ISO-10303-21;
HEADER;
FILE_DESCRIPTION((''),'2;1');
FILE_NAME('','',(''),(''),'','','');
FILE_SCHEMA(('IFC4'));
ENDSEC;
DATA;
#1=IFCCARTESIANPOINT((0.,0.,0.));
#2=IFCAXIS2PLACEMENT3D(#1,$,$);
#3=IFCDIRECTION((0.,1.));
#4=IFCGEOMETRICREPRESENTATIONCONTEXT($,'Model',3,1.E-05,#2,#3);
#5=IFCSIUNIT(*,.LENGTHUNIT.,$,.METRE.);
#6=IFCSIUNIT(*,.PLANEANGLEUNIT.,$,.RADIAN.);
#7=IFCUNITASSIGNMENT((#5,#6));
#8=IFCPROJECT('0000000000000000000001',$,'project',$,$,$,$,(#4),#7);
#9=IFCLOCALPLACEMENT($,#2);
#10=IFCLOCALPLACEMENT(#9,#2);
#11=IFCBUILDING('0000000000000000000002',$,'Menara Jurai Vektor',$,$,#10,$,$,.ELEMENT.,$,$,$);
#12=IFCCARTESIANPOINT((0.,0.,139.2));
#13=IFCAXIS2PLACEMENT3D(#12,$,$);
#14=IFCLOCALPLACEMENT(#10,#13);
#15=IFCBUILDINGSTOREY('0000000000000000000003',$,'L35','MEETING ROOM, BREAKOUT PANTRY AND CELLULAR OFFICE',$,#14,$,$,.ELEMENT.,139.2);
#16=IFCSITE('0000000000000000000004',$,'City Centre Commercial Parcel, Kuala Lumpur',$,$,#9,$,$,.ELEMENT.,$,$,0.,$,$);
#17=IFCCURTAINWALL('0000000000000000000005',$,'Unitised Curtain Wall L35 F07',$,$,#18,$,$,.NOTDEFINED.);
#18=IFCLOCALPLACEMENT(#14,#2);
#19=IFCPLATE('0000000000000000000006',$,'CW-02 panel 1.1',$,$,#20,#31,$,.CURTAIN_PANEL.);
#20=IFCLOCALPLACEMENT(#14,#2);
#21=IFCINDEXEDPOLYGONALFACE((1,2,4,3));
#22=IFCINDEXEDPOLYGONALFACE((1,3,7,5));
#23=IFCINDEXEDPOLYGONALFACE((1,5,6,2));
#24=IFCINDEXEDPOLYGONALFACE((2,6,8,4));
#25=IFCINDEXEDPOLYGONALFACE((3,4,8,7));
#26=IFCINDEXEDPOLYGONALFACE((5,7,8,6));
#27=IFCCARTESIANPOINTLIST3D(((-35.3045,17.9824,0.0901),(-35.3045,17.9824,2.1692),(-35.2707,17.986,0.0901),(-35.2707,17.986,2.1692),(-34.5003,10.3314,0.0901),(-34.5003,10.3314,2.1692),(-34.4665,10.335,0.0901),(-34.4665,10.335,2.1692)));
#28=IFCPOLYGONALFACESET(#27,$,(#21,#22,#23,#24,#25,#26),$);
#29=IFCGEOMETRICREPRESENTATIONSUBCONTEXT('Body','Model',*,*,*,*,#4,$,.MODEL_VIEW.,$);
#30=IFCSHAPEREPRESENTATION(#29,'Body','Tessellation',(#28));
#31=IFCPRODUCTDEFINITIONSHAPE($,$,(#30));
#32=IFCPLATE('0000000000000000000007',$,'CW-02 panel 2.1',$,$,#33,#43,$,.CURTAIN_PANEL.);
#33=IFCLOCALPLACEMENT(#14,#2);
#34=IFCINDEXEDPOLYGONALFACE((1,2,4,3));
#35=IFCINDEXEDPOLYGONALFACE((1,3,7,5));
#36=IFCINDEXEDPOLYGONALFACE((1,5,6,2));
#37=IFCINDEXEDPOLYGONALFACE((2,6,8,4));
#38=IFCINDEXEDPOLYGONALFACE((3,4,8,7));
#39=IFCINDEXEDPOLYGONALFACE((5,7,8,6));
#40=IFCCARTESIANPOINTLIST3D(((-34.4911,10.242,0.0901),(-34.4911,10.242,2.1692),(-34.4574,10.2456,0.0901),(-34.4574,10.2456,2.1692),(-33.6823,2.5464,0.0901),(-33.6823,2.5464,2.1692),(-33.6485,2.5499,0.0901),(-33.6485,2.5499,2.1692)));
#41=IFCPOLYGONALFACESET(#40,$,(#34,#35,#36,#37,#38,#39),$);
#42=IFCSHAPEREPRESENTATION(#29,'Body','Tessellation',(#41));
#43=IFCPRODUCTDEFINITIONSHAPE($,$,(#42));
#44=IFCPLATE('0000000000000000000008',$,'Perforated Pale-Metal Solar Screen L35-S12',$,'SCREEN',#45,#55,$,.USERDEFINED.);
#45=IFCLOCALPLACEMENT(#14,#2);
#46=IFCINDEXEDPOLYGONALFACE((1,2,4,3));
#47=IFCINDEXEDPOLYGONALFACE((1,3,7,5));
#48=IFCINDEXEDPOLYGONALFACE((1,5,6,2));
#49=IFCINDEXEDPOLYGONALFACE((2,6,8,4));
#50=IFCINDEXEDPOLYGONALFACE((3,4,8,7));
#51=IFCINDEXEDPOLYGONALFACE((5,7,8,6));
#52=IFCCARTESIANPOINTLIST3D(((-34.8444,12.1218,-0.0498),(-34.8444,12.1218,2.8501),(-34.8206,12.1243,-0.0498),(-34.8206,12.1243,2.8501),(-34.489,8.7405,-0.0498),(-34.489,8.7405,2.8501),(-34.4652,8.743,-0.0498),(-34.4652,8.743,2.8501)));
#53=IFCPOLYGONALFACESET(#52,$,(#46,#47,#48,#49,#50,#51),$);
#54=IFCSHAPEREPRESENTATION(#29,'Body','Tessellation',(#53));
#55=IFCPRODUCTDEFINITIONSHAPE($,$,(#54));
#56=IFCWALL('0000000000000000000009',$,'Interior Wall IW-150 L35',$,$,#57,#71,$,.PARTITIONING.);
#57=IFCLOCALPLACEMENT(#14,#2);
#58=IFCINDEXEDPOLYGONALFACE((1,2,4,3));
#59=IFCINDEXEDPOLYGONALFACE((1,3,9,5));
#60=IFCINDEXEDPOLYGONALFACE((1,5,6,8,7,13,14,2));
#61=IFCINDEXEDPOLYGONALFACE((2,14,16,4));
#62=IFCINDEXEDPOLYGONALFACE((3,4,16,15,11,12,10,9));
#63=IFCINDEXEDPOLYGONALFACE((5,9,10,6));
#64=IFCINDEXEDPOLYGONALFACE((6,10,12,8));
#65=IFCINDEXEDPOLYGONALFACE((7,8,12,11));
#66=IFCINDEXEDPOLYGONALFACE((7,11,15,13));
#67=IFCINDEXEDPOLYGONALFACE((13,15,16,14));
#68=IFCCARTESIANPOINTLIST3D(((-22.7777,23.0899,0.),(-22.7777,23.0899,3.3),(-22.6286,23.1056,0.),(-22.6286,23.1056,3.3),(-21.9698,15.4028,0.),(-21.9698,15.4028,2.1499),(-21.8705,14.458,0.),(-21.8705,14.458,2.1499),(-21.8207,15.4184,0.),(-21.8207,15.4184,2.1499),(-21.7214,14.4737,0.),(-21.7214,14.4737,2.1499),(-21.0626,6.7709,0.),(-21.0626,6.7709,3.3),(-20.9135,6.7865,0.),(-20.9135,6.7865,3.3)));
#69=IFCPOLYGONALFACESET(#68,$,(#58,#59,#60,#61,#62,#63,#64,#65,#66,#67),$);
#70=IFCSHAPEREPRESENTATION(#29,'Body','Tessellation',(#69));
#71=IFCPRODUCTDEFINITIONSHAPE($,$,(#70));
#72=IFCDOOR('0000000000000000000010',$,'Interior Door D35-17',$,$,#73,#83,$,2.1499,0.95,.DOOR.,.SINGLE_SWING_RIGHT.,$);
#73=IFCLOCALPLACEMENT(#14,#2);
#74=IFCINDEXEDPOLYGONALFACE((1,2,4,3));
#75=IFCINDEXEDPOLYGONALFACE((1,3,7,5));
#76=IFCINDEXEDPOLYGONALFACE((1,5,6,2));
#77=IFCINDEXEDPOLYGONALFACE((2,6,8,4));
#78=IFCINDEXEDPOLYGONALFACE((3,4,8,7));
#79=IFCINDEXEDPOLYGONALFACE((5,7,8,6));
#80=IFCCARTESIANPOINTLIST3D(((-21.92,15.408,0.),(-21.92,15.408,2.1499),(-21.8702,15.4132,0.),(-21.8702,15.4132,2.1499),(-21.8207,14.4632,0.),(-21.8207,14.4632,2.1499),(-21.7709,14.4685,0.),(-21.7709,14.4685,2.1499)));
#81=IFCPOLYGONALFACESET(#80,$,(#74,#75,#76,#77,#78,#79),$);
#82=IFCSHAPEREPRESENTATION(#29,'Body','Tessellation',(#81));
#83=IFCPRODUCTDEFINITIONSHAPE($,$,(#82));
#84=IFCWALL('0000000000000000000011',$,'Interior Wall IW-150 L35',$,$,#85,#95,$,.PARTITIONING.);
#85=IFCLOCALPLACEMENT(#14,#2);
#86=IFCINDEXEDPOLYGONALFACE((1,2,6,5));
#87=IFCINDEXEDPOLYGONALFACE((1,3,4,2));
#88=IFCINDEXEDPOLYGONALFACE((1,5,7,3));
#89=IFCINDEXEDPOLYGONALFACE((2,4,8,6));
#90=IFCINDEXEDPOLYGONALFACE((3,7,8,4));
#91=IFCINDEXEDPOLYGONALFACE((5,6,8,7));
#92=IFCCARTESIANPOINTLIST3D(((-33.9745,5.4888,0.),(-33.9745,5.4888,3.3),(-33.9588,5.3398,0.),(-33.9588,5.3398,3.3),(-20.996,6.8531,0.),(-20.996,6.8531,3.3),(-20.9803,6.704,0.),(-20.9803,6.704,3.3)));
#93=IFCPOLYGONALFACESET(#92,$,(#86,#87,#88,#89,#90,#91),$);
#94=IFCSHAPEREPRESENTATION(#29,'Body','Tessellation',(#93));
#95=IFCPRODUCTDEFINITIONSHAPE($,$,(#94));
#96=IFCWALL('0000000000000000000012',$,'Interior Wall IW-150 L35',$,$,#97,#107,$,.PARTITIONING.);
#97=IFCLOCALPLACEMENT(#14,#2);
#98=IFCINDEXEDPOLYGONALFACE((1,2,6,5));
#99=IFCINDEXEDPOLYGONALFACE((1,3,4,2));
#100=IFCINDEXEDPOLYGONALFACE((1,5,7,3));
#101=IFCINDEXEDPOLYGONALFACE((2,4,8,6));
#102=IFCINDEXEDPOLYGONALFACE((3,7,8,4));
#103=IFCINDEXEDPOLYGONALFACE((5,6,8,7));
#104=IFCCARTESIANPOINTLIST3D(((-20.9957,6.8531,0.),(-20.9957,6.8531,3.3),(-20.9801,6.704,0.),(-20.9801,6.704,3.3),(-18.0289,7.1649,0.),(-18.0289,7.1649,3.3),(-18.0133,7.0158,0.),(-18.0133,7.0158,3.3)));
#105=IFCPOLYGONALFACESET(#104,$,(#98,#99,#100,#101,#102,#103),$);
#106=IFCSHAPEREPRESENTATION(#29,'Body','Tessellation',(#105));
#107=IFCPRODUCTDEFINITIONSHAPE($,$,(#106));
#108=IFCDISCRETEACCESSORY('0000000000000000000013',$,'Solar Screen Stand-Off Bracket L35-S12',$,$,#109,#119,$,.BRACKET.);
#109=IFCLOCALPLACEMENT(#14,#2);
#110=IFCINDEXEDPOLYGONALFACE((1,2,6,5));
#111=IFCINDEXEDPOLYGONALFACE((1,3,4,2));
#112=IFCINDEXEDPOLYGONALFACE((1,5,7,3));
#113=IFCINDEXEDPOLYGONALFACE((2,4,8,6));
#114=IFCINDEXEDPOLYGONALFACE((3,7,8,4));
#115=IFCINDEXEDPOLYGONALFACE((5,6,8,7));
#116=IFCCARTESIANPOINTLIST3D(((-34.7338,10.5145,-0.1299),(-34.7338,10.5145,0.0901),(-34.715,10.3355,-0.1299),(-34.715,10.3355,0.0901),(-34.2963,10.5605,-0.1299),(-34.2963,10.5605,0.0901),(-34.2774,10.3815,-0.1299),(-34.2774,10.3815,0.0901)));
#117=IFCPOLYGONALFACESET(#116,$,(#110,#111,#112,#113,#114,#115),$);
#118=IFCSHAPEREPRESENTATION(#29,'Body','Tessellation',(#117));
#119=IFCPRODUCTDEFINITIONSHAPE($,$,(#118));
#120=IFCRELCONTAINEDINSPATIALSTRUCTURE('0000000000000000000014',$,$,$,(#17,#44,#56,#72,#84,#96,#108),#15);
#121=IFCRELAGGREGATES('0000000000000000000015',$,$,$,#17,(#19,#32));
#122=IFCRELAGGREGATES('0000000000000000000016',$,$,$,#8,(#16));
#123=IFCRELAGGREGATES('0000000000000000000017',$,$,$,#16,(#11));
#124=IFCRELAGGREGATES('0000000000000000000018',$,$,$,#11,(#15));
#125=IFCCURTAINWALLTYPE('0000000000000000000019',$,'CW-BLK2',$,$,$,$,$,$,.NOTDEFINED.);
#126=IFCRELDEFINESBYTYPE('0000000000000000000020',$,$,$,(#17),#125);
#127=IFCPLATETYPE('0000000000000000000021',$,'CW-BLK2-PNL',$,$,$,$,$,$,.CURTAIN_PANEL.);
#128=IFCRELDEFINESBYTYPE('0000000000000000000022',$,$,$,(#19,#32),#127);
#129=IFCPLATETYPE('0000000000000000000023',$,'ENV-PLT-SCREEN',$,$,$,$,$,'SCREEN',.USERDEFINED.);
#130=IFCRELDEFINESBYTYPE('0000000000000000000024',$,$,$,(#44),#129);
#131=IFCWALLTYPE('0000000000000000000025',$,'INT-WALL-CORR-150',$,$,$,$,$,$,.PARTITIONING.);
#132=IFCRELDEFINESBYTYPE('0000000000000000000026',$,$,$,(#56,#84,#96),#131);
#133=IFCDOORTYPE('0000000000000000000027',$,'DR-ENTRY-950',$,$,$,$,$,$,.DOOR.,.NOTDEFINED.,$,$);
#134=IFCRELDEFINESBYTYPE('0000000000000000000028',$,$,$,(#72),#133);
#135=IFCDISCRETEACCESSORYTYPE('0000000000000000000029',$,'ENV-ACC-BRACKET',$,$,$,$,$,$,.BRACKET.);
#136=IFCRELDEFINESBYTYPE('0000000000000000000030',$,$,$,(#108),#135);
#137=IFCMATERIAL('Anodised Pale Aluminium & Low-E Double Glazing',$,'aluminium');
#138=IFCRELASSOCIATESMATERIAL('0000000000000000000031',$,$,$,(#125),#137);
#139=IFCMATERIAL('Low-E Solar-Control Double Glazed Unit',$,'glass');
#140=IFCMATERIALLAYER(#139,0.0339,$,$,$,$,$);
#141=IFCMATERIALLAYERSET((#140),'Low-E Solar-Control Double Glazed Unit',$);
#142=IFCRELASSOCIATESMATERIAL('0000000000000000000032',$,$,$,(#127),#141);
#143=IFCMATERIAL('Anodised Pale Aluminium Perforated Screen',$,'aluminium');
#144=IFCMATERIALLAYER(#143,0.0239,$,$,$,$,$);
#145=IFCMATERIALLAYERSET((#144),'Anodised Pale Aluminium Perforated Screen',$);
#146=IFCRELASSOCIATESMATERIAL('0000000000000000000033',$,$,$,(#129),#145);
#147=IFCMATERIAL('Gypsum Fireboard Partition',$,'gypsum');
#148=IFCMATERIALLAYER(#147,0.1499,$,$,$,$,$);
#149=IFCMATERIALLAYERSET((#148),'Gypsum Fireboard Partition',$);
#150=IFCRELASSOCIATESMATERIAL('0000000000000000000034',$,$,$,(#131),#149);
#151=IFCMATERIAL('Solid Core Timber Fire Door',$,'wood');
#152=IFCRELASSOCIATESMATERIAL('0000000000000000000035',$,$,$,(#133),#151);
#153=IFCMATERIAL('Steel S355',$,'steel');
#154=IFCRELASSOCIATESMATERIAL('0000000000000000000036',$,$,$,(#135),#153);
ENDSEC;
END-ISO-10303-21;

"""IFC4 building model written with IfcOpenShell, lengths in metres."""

from ifc_helpers import new_model, si_unit, direction, frame, frame_2d, origin, origin_2d, place, context, subcontext, project, spatial, rectangle, extrude, material, layer, layer_set, type_object, element, fill, aggregate, save


model = new_model("IFC4")

# Units and contexts
model_context = context("Model", 3, precision=1e-05, world=origin(), true_north=direction((0.0, 1.0)))
body_context = subcontext(model_context, "Body", "Model", "MODEL_VIEW")
ifc_project = project(units=[si_unit("LENGTHUNIT", "METRE"), si_unit("PLANEANGLEUNIT", "RADIAN")], contexts=[model_context])

# Site, building, storey
site_placement = place(None, origin())
site = spatial("IfcSite", under=ifc_project, at=site_placement, Name="City Centre Commercial Parcel, Kuala Lumpur", CompositionType="ELEMENT", RefElevation=0.0)
building_placement = place(site_placement, origin())
building = spatial("IfcBuilding", under=site, at=building_placement, Name="Menara Jurai Vektor", CompositionType="ELEMENT")
storey_placement = place(building_placement, frame((0.0, 0.0, 139.2)))
storey = spatial("IfcBuildingStorey", under=building, at=storey_placement, Name="L35", Description="MEETING ROOM, BREAKOUT PANTRY AND CELLULAR OFFICE", CompositionType="ELEMENT", Elevation=139.2)

# Curtain wall
ifc_material_1 = material(Name="Anodised Pale Aluminium & Low-E Double Glazing", Category="aluminium")
curtain_wall_type = type_object("IfcCurtainWallType", Name="CW-BLK2", PredefinedType="NOTDEFINED", material=ifc_material_1)
curtain_wall_placement = place(storey_placement, origin())
curtain_wall = element("IfcCurtainWall", 1, at=curtain_wall_placement, inside=storey, type_object=curtain_wall_type, Name="Unitised Curtain Wall L35 F07", PredefinedType="NOTDEFINED")

# Shared definitions
ifc_material_2 = material(Name="Steel S355", Category="steel")

# Plates
ifc_material_3 = material(Name="Low-E Solar-Control Double Glazed Unit", Category="glass")
ifc_layer_1 = layer(ifc_material_3, 0.0339)
ifc_layer_set_1 = layer_set([ifc_layer_1], Name="Low-E Solar-Control Double Glazed Unit")
plate_type_1 = type_object("IfcPlateType", Name="CW-BLK2-PNL", PredefinedType="CURTAIN_PANEL", material=ifc_layer_set_1)
plate_1_placement = place(storey_placement, frame((-34.8855, 14.1587, 0.0901), z_axis=(0.0, 0.0, 1.0), x_axis=(0.10453, -0.994522, 0.0)))
plate_1 = element("IfcPlate", 2, at=plate_1_placement, type_object=plate_type_1, Name="CW-02 panel 1.1", PredefinedType="CURTAIN_PANEL", context=body_context, shape_type="SweptSolid", body=[
    extrude(rectangle(XDim=7.6931, YDim=0.0339, at=origin_2d()), origin(), (0.0, 0.0, 1.0), 2.0791),
])
plate_2_placement = place(storey_placement, frame((-34.0698, 6.396, 0.0901), z_axis=(0.0, 0.0, 1.0), x_axis=(0.10453, -0.994522, 0.0)))
plate_2 = element("IfcPlate", 3, at=plate_2_placement, type_object=plate_type_1, Name="CW-02 panel 2.1", PredefinedType="CURTAIN_PANEL", context=body_context, shape_type="SweptSolid", body=[
    extrude(rectangle(XDim=7.738, YDim=0.0339, at=origin_2d()), origin(), (0.0, 0.0, 1.0), 2.0791),
])
aggregate(curtain_wall, [plate_1, plate_2])
ifc_material_4 = material(Name="Anodised Pale Aluminium Perforated Screen", Category="aluminium")
ifc_layer_2 = layer(ifc_material_4, 0.0239)
ifc_layer_set_2 = layer_set([ifc_layer_2], Name="Anodised Pale Aluminium Perforated Screen")
plate_type_2 = type_object("IfcPlateType", Name="ENV-PLT-SCREEN", ElementType="SCREEN", PredefinedType="USERDEFINED", material=ifc_layer_set_2)
plate_3_placement = place(storey_placement, frame((-34.6548, 10.4324, -0.0498), z_axis=(0.0, 0.0, 1.0), x_axis=(0.104528, -0.994522, 0.0)))
element("IfcPlate", 4, at=plate_3_placement, inside=storey, type_object=plate_type_2, Name="Perforated Pale-Metal Solar Screen L35-S12", ObjectType="SCREEN", PredefinedType="USERDEFINED", context=body_context, shape_type="SweptSolid", body=[
    extrude(rectangle(XDim=3.3999, YDim=0.0239, at=origin_2d()), origin(), (0.0, 0.0, 1.0), 2.8999),
])

# Wall, opening, door
ifc_material_5 = material(Name="Gypsum Fireboard Partition", Category="gypsum")
ifc_layer_3 = layer(ifc_material_5, 0.1499)
ifc_layer_set_3 = layer_set([ifc_layer_3], Name="Gypsum Fireboard Partition")
wall_type = type_object("IfcWallType", Name="INT-WALL-CORR-150", PredefinedType="PARTITIONING", material=ifc_layer_set_3)
wall_1_placement = place(storey_placement, frame((-20.988, 6.7786, 0.0), z_axis=(0.0, 0.0, 1.0), x_axis=(-0.104521, 0.994523, 0.0)))
wall_1 = element("IfcWall", 5, at=wall_1_placement, inside=storey, type_object=wall_type, Name="Interior Wall IW-150 L35", PredefinedType="PARTITIONING", context=body_context, shape_type="SweptSolid", body=[
    extrude(rectangle(XDim=16.4089, YDim=0.1499, at=frame_2d((8.2046, 0.0))), origin(), (0.0, 0.0, 1.0), 3.3),
])
opening_placement = place(wall_1_placement, frame((7.7295, 0.0, 0.0)))
opening = element("IfcOpeningElement", 6, at=opening_placement, cuts=wall_1, PredefinedType="OPENING", context=body_context, shape_type="SweptSolid", body=[
    extrude(rectangle(XDim=0.95, YDim=2.1499, at=frame_2d((0.4751, 1.075))), frame((0.0, 0.085, 0.0), z_axis=(0.0, -1.0, 0.0), x_axis=(1.0, 0.0, 0.0)), (0.0, 0.0, 1.0), 0.1699),
])
ifc_material_6 = material(Name="Solid Core Timber Fire Door", Category="wood")
door_type = type_object("IfcDoorType", Name="DR-ENTRY-950", OperationType="NOTDEFINED", PredefinedType="DOOR", material=ifc_material_6)
door_placement = place(opening_placement, origin())
door = element("IfcDoor", 7, at=door_placement, inside=storey, type_object=door_type, Name="Interior Door D35-17", OperationType="SINGLE_SWING_RIGHT", OverallHeight=2.1499, OverallWidth=0.95, PredefinedType="DOOR", context=body_context, shape_type="SweptSolid", body=[
    extrude(rectangle(XDim=0.95, YDim=2.1499, at=frame_2d((0.4751, 1.075))), frame((0.0, 0.0249, 0.0), z_axis=(0.0, -1.0, 0.0), x_axis=(1.0, 0.0, 0.0)), (0.0, 0.0, 1.0), 0.05),
])
fill(opening, door)

# Walls
wall_2_placement = place(storey_placement, frame((-33.9666, 5.4143, 0.0), z_axis=(0.0, 0.0, 1.0), x_axis=(0.994521, 0.104541, 0.0)))
element("IfcWall", 8, at=wall_2_placement, inside=storey, type_object=wall_type, Name="Interior Wall IW-150 L35", PredefinedType="PARTITIONING", context=body_context, shape_type="SweptSolid", body=[
    extrude(rectangle(XDim=13.05, YDim=0.1499, at=frame_2d((6.5249, 0.0))), origin(), (0.0, 0.0, 1.0), 3.3),
])
wall_3_placement = place(storey_placement, frame((-20.988, 6.7786, 0.0), z_axis=(0.0, 0.0, 1.0), x_axis=(0.994524, 0.10451, 0.0)))
element("IfcWall", 9, at=wall_3_placement, inside=storey, type_object=wall_type, Name="Interior Wall IW-150 L35", PredefinedType="PARTITIONING", context=body_context, shape_type="SweptSolid", body=[
    extrude(rectangle(XDim=2.9832, YDim=0.1499, at=frame_2d((1.4917, 0.0))), origin(), (0.0, 0.0, 1.0), 3.3),
])

# Discrete accessory
discrete_accessory_type = type_object("IfcDiscreteAccessoryType", Name="ENV-ACC-BRACKET", PredefinedType="BRACKET", material=ifc_material_2)
discrete_accessory_placement = place(storey_placement, frame((-34.5056, 10.448, -0.1299), z_axis=(0.0, 0.0, 1.0), x_axis=(0.104528, -0.994522, 0.0)))
element("IfcDiscreteAccessory", 10, at=discrete_accessory_placement, inside=storey, type_object=discrete_accessory_type, Name="Solar Screen Stand-Off Bracket L35-S12", PredefinedType="BRACKET", context=body_context, shape_type="SweptSolid", body=[
    extrude(rectangle(XDim=0.1799, YDim=0.4399, at=origin_2d()), origin(), (0.0, 0.0, 1.0), 0.22),
])

save(model, "model.ifc")
